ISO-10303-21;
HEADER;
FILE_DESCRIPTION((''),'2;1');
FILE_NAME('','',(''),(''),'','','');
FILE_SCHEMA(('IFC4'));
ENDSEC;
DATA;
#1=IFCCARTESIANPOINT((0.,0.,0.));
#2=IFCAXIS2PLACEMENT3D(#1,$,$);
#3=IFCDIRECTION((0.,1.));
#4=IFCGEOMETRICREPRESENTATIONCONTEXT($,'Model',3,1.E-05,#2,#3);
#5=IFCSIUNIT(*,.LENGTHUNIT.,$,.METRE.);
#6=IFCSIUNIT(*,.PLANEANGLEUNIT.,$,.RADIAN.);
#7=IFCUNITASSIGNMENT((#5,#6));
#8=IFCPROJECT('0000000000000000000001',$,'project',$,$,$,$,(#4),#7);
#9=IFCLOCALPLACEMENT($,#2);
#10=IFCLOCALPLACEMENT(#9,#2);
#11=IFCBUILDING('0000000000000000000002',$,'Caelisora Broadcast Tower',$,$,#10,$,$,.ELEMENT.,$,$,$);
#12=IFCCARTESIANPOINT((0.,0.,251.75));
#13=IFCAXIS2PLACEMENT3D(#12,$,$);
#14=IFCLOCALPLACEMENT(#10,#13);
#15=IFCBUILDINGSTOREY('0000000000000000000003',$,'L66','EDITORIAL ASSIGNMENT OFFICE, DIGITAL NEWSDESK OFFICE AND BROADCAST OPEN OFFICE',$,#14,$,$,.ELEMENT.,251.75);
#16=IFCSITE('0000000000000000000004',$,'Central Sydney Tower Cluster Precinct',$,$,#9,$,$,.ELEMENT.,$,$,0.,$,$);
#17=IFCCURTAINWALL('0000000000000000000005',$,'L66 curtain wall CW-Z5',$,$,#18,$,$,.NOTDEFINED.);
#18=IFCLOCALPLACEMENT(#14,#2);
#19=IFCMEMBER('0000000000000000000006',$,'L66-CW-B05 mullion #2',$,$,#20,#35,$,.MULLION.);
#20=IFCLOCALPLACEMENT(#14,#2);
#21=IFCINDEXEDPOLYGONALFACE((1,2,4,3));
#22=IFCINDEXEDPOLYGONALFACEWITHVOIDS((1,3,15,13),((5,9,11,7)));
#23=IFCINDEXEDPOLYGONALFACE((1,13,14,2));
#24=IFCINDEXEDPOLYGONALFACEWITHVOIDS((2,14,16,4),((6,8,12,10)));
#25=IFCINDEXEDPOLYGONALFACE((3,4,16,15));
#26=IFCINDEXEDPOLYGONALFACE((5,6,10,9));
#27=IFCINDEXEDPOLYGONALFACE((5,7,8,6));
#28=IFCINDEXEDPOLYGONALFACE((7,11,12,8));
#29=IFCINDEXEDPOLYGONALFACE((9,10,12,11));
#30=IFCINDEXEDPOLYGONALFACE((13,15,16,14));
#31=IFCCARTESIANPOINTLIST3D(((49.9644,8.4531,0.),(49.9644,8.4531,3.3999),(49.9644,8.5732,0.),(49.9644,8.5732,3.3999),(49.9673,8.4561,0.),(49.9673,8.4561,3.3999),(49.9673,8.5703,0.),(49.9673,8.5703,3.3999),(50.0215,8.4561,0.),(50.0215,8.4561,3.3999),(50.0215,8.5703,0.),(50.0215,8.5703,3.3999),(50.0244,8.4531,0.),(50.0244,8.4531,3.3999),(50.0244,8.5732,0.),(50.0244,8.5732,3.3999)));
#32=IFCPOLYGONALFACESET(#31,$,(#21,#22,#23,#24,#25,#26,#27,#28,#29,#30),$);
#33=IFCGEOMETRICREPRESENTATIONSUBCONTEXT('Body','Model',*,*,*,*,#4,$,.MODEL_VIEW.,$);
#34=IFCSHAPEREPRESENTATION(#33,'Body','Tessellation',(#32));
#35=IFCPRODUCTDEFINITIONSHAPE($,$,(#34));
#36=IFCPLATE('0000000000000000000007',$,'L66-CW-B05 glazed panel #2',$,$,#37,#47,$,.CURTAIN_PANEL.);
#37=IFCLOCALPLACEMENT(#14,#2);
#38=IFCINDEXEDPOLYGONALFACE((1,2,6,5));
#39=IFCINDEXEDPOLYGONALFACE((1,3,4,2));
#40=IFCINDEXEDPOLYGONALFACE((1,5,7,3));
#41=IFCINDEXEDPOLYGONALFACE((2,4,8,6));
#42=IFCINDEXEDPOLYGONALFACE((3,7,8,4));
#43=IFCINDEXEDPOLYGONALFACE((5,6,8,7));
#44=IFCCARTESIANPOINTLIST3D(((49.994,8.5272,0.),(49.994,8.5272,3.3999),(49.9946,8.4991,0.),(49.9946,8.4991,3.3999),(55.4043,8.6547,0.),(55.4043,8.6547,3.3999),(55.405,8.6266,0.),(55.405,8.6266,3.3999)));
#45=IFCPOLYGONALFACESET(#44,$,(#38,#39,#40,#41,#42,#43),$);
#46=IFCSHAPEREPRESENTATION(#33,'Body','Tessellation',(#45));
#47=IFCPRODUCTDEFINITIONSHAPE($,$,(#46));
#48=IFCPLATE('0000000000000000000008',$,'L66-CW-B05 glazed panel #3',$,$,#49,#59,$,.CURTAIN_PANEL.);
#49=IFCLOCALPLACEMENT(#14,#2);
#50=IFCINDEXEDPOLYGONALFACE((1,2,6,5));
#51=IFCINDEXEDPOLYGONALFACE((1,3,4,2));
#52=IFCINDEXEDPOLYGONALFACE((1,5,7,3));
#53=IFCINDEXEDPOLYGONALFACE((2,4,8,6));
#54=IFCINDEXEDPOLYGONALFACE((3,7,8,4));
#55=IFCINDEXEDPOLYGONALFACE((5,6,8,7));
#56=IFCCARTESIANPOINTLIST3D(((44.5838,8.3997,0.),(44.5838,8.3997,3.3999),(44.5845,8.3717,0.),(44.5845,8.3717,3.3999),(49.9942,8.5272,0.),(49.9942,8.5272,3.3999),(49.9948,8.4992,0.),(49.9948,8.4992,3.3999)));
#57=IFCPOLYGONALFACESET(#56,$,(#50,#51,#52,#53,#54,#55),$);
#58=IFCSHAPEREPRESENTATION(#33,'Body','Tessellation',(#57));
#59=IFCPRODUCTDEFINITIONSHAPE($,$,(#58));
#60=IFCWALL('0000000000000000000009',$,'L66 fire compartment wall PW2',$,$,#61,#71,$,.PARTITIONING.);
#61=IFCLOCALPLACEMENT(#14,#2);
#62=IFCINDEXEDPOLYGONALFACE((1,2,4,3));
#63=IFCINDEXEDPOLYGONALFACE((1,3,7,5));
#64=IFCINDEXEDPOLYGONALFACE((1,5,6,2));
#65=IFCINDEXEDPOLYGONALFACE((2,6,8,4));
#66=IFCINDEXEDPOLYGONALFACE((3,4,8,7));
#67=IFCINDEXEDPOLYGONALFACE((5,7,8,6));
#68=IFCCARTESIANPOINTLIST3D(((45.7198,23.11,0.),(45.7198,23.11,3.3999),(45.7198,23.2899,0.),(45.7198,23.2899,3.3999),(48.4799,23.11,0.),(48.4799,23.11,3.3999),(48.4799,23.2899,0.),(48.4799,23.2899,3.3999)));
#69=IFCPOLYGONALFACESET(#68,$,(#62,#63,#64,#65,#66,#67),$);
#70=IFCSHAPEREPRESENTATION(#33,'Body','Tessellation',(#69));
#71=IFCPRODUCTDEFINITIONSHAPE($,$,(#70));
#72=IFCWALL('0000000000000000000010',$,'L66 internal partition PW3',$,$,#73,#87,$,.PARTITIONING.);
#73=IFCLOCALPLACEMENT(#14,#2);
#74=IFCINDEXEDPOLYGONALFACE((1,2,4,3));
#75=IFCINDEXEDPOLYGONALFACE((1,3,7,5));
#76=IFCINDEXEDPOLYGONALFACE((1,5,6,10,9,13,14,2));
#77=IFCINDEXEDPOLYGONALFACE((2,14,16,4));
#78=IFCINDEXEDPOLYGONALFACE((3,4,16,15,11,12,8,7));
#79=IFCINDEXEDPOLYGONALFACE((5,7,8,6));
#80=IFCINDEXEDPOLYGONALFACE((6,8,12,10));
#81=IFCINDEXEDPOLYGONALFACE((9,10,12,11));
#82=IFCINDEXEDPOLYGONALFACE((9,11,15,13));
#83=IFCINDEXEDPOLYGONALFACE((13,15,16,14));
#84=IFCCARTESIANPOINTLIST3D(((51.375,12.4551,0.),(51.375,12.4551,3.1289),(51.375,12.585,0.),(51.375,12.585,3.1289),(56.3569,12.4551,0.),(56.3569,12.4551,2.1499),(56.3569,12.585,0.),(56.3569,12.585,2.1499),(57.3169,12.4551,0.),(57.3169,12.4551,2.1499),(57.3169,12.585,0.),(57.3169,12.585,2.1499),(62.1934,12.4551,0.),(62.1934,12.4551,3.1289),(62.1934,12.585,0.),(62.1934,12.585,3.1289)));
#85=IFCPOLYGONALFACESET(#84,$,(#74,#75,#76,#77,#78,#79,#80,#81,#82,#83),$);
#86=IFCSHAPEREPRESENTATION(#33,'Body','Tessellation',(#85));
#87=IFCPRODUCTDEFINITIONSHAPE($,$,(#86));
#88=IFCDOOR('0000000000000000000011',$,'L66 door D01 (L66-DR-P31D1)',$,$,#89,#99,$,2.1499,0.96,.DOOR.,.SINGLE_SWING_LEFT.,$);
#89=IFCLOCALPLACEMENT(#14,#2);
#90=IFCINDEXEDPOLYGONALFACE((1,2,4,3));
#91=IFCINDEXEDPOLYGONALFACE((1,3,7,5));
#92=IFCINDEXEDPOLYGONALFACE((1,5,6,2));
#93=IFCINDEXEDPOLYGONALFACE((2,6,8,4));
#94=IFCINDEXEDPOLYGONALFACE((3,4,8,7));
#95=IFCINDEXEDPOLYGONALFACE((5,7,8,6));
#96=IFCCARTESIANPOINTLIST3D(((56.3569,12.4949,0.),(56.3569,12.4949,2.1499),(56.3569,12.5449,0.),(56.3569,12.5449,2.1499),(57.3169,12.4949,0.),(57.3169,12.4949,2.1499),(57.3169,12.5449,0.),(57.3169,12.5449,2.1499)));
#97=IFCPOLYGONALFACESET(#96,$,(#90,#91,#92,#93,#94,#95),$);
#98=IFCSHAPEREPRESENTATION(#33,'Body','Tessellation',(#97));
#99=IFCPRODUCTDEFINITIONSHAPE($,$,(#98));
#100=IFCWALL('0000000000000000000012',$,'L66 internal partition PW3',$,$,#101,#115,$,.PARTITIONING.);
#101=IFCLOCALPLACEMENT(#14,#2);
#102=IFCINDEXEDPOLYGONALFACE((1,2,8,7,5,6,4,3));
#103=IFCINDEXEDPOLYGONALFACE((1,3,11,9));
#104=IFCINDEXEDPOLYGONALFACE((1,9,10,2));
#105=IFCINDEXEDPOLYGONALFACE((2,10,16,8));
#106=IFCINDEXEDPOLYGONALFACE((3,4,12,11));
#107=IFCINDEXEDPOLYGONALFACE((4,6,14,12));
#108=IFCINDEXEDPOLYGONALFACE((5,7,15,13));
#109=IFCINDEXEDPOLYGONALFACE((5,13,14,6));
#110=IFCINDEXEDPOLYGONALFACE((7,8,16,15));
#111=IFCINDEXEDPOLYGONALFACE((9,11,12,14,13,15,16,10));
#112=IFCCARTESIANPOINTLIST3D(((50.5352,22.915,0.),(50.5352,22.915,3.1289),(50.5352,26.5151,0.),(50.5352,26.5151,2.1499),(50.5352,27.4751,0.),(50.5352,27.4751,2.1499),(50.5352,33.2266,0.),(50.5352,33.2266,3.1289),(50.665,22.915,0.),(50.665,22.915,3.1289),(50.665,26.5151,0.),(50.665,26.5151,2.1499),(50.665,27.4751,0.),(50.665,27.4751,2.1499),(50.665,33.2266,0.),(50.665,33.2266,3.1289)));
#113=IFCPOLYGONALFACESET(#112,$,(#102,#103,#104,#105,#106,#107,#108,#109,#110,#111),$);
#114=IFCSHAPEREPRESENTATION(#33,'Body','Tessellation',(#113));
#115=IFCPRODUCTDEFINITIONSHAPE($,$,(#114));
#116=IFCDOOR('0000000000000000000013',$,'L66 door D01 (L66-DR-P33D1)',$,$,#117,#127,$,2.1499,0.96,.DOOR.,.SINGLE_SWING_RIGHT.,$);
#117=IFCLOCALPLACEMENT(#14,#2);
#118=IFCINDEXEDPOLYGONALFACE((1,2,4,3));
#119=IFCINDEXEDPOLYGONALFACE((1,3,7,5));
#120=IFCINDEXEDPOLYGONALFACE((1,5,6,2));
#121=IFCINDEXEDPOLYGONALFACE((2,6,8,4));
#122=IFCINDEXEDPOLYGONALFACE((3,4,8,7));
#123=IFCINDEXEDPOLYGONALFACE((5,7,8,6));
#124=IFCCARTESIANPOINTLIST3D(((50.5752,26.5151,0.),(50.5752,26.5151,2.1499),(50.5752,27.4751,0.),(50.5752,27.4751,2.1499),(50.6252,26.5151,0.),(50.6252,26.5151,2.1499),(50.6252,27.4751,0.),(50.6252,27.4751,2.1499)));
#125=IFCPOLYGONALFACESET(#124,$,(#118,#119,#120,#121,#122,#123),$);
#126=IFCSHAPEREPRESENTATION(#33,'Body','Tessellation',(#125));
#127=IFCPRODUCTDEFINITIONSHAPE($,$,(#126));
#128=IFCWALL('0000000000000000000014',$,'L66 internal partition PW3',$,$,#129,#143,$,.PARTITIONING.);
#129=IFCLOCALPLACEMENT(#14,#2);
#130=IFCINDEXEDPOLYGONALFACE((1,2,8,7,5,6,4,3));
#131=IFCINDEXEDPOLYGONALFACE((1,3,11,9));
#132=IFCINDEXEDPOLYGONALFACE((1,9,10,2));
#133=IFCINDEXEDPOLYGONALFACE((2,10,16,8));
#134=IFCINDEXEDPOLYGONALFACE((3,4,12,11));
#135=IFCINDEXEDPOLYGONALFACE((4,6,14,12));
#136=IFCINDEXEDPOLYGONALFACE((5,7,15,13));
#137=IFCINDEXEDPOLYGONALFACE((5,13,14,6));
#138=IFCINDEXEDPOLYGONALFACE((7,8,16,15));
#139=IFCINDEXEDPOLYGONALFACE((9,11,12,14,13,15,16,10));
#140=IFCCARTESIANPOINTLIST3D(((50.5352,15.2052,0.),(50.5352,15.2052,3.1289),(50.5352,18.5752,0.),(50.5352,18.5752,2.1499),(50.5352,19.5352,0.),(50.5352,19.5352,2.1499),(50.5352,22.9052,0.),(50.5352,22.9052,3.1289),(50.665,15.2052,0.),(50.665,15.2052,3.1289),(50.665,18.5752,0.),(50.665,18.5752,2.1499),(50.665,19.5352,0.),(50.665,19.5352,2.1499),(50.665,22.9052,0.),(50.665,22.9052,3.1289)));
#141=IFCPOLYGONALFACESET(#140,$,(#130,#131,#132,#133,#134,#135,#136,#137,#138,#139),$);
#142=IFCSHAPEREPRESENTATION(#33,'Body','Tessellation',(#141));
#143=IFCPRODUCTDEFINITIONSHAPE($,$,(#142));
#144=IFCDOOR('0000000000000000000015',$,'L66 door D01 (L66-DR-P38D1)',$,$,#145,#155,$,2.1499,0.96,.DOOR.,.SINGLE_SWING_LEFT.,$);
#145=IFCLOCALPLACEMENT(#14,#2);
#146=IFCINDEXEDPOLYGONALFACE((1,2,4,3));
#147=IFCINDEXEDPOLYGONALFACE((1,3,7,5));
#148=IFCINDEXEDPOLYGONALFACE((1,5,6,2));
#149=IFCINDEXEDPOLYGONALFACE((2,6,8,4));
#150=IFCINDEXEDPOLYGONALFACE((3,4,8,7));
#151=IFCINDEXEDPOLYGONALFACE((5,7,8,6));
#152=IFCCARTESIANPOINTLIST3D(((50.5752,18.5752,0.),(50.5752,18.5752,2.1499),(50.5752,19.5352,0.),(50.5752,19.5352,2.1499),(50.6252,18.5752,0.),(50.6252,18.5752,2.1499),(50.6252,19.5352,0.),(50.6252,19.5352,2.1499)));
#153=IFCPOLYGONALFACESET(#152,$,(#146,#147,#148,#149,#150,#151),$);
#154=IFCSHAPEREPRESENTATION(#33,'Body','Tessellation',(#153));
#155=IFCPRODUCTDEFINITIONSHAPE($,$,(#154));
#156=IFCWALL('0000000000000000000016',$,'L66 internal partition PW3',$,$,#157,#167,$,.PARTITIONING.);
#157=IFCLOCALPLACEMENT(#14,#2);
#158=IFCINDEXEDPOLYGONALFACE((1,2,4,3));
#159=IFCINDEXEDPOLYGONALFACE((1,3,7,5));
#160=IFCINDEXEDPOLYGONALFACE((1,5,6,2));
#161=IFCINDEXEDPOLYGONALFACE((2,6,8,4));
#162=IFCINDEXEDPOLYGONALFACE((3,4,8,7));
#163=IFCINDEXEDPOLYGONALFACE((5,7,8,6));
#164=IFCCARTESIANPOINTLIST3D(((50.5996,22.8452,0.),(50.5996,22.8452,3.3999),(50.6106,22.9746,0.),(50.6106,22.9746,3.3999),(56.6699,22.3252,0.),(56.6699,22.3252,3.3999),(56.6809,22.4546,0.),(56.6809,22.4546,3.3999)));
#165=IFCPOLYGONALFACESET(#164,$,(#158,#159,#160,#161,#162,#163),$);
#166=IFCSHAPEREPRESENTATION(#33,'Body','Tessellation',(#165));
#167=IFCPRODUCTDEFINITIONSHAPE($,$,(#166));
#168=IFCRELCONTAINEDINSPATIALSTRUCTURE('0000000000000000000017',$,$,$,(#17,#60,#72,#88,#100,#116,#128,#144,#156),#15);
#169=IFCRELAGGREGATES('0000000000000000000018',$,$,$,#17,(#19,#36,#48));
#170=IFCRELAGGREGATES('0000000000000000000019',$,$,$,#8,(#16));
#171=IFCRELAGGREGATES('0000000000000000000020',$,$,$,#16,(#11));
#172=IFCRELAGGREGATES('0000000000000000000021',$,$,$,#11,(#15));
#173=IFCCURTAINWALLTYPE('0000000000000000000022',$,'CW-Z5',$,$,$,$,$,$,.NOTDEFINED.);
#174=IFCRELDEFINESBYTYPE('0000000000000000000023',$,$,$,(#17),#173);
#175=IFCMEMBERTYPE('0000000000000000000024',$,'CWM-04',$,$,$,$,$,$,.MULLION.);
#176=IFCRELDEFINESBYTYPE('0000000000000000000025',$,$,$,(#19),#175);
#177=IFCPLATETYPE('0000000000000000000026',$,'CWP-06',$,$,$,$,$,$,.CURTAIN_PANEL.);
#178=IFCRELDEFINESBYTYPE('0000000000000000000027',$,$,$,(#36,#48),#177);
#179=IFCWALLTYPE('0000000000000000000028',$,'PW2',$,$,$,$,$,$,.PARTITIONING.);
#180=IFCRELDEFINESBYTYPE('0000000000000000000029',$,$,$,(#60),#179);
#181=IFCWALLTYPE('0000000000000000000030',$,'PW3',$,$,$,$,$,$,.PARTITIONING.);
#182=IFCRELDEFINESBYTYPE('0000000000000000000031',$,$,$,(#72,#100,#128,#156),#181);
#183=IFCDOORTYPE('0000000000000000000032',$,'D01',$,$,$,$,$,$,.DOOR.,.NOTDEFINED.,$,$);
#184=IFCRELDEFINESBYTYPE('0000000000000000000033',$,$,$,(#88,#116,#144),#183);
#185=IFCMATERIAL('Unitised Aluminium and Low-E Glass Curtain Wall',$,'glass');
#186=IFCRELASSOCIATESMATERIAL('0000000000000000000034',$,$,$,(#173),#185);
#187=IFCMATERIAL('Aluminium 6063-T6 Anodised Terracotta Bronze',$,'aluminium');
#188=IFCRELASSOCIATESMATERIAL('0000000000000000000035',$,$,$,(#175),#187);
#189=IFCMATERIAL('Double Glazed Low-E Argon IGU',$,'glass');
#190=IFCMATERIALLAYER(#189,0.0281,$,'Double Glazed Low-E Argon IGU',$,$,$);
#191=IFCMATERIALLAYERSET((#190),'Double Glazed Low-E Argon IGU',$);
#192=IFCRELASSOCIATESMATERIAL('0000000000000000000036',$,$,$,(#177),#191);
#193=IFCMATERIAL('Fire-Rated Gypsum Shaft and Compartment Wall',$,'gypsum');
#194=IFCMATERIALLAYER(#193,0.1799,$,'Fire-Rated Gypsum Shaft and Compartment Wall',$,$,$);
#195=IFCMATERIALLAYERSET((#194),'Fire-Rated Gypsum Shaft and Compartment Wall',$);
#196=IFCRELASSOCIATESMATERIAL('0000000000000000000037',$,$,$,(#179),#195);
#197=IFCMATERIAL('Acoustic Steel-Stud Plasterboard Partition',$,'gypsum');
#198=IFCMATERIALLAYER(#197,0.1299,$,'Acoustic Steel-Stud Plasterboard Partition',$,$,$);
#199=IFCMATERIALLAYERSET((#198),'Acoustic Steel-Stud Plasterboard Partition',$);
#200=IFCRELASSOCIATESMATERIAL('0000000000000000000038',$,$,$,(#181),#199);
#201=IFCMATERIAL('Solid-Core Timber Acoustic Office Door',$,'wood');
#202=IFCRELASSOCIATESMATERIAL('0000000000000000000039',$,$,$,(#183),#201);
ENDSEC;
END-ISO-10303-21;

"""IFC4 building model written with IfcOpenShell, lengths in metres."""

from ifc_helpers import new_model, si_unit, direction, frame, frame_2d, origin, origin_2d, place, context, subcontext, project, spatial, rectangle, hollow_rectangle, extrude, source, transform, mapped, material, layer, layer_set, material_profile, profile_set, type_object, type_shapes, element, fill, aggregate, save


model = new_model("IFC4")

# Units and contexts
model_context = context("Model", 3, precision=1e-05, world=origin(), true_north=direction((0.0, 1.0)))
body_context = subcontext(model_context, "Body", "Model", "MODEL_VIEW")
ifc_project = project(units=[si_unit("LENGTHUNIT", "METRE"), si_unit("PLANEANGLEUNIT", "RADIAN")], contexts=[model_context])

# Site, building, storey
site_placement = place(None, origin())
site = spatial("IfcSite", under=ifc_project, at=site_placement, Name="Central Sydney Tower Cluster Precinct", CompositionType="ELEMENT", RefElevation=0.0)
building_placement = place(site_placement, origin())
building = spatial("IfcBuilding", under=site, at=building_placement, Name="Caelisora Broadcast Tower", CompositionType="ELEMENT")
storey_placement = place(building_placement, frame((0.0, 0.0, 251.75)))
storey = spatial("IfcBuildingStorey", under=building, at=storey_placement, Name="L66", Description="EDITORIAL ASSIGNMENT OFFICE, DIGITAL NEWSDESK OFFICE AND BROADCAST OPEN OFFICE", CompositionType="ELEMENT", Elevation=251.75)

# Curtain wall, member, plates
ifc_material_1 = material(Name="Unitised Aluminium and Low-E Glass Curtain Wall", Category="glass")
curtain_wall_type = type_object("IfcCurtainWallType", Name="CW-Z5", PredefinedType="NOTDEFINED", material=ifc_material_1)
curtain_wall_placement = place(storey_placement, origin())
curtain_wall = element("IfcCurtainWall", 1, at=curtain_wall_placement, inside=storey, type_object=curtain_wall_type, Name="L66 curtain wall CW-Z5", PredefinedType="NOTDEFINED")
ifc_material_2 = material(Name="Aluminium 6063-T6 Anodised Terracotta Bronze", Category="aluminium")
ifc_material_profile_1 = material_profile(ifc_material_2, hollow_rectangle(XDim=0.0601, YDim=0.1201, WallThickness=0.0029, at=origin_2d()), Name="Aluminium 6063-T6 Anodised Terracotta Bronze")
ifc_profile_set_1 = profile_set([ifc_material_profile_1], Name="Aluminium 6063-T6 Anodised Terracotta Bronze")
member_type = type_object("IfcMemberType", Name="CWM-04", PredefinedType="MULLION", material=ifc_profile_set_1)
shared_shape_1 = source(origin(), body_context, "Body", "SweptSolid", [
    extrude(hollow_rectangle(XDim=0.0601, YDim=0.1201, WallThickness=0.0029, at=origin_2d()), origin(), (0.0, 0.0, 1.0), 3.3999),
])
type_shapes(member_type, [shared_shape_1])
member_placement = place(storey_placement, frame((49.9944, 8.5132, 0.0), z_axis=(0.0, 0.0, 1.0), x_axis=(1.0, 0.0, 0.0)))
member = element("IfcMember", 2, at=member_placement, type_object=member_type, Name="L66-CW-B05 mullion #2", PredefinedType="MULLION", context=body_context, shape_type="MappedRepresentation", body=[
    mapped(shared_shape_1, transform((0.0, 0.0, 0.0), scale=1.0)),
])
ifc_material_3 = material(Name="Double Glazed Low-E Argon IGU", Category="glass")
ifc_layer_1 = layer(ifc_material_3, 0.0281, Name="Double Glazed Low-E Argon IGU")
ifc_layer_set_1 = layer_set([ifc_layer_1], Name="Double Glazed Low-E Argon IGU")
plate_type = type_object("IfcPlateType", Name="CWP-06", PredefinedType="CURTAIN_PANEL", material=ifc_layer_set_1)
shared_shape_2 = source(origin(), body_context, "Body", "SweptSolid", [
    extrude(rectangle(XDim=5.4119, YDim=0.0281, at=origin_2d()), origin(), (0.0, 0.0, 1.0), 3.3999),
])
type_shapes(plate_type, [shared_shape_2])
plate_1_placement = place(storey_placement, frame((52.6995, 8.5769, 0.0), z_axis=(0.0, 0.0, 1.0), x_axis=(-0.999722, -0.02356, 0.0)))
plate_1 = element("IfcPlate", 3, at=plate_1_placement, type_object=plate_type, Name="L66-CW-B05 glazed panel #2", PredefinedType="CURTAIN_PANEL", context=body_context, shape_type="MappedRepresentation", body=[
    mapped(shared_shape_2, transform((0.0, 0.0, 0.0), scale=1.0)),
])
plate_2_placement = place(storey_placement, frame((47.2893, 8.4495, 0.0), z_axis=(0.0, 0.0, 1.0), x_axis=(-0.999722, -0.02356, 0.0)))
plate_2 = element("IfcPlate", 4, at=plate_2_placement, type_object=plate_type, Name="L66-CW-B05 glazed panel #3", PredefinedType="CURTAIN_PANEL", context=body_context, shape_type="MappedRepresentation", body=[
    mapped(shared_shape_2, transform((0.0, 0.0, 0.0), scale=1.0)),
])
aggregate(curtain_wall, [member, plate_1, plate_2])

# Wall
ifc_material_4 = material(Name="Fire-Rated Gypsum Shaft and Compartment Wall", Category="gypsum")
ifc_layer_2 = layer(ifc_material_4, 0.1799, Name="Fire-Rated Gypsum Shaft and Compartment Wall")
ifc_layer_set_2 = layer_set([ifc_layer_2], Name="Fire-Rated Gypsum Shaft and Compartment Wall")
wall_type_1 = type_object("IfcWallType", Name="PW2", PredefinedType="PARTITIONING", material=ifc_layer_set_2)
wall_1_placement = place(storey_placement, frame((45.72, 23.2, 0.0), z_axis=(0.0, 0.0, 1.0), x_axis=(1.0, 0.0, 0.0)))
element("IfcWall", 5, at=wall_1_placement, inside=storey, type_object=wall_type_1, Name="L66 fire compartment wall PW2", PredefinedType="PARTITIONING", context=body_context, shape_type="SweptSolid", body=[
    extrude(rectangle(XDim=2.76, YDim=0.1799, at=frame_2d((1.3799, 0.0))), origin(), (0.0, 0.0, 1.0), 3.3999),
])

# Walls, openings, doors
ifc_material_5 = material(Name="Acoustic Steel-Stud Plasterboard Partition", Category="gypsum")
ifc_layer_3 = layer(ifc_material_5, 0.1299, Name="Acoustic Steel-Stud Plasterboard Partition")
ifc_layer_set_3 = layer_set([ifc_layer_3], Name="Acoustic Steel-Stud Plasterboard Partition")
wall_type_2 = type_object("IfcWallType", Name="PW3", PredefinedType="PARTITIONING", material=ifc_layer_set_3)
wall_2_placement = place(storey_placement, frame((51.375, 12.52, 0.0), z_axis=(0.0, 0.0, 1.0), x_axis=(1.0, 0.0, 0.0)))
wall_2 = element("IfcWall", 6, at=wall_2_placement, inside=storey, type_object=wall_type_2, Name="L66 internal partition PW3", PredefinedType="PARTITIONING", context=body_context, shape_type="SweptSolid", body=[
    extrude(rectangle(XDim=10.8184, YDim=0.1299, at=frame_2d((5.4092, 0.0))), origin(), (0.0, 0.0, 1.0), 3.1289),
])
opening_1_placement = place(wall_2_placement, frame((4.9819, 0.0, 0.0)))
opening_1 = element("IfcOpeningElement", 7, at=opening_1_placement, cuts=wall_2, PredefinedType="OPENING", context=body_context, shape_type="SweptSolid", body=[
    extrude(rectangle(XDim=0.96, YDim=2.1499, at=frame_2d((0.48, 1.075))), frame((0.0, 0.0769, 0.0), z_axis=(0.0, -1.0, 0.0), x_axis=(1.0, 0.0, 0.0)), (0.0, 0.0, 1.0), 0.1538),
])
ifc_material_6 = material(Name="Solid-Core Timber Acoustic Office Door", Category="wood")
door_type = type_object("IfcDoorType", Name="D01", OperationType="NOTDEFINED", PredefinedType="DOOR", material=ifc_material_6)
door_1_placement = place(opening_1_placement, origin())
door_1 = element("IfcDoor", 8, at=door_1_placement, inside=storey, type_object=door_type, Name="L66 door D01 (L66-DR-P31D1)", OperationType="SINGLE_SWING_LEFT", OverallHeight=2.1499, OverallWidth=0.96, PredefinedType="DOOR", context=body_context, shape_type="SweptSolid", body=[
    extrude(rectangle(XDim=0.96, YDim=2.1499, at=frame_2d((0.48, 1.075))), frame((0.0, 0.0249, 0.0), z_axis=(0.0, -1.0, 0.0), x_axis=(1.0, 0.0, 0.0)), (0.0, 0.0, 1.0), 0.05),
])
fill(opening_1, door_1)
wall_3_placement = place(storey_placement, frame((50.6001, 22.915, 0.0), z_axis=(0.0, 0.0, 1.0), x_axis=(0.0, 1.0, 0.0)))
wall_3 = element("IfcWall", 9, at=wall_3_placement, inside=storey, type_object=wall_type_2, Name="L66 internal partition PW3", PredefinedType="PARTITIONING", context=body_context, shape_type="SweptSolid", body=[
    extrude(rectangle(XDim=10.3115, YDim=0.1299, at=frame_2d((5.1558, 0.0))), origin(), (0.0, 0.0, 1.0), 3.1289),
])
opening_2_placement = place(wall_3_placement, frame((3.6001, 0.0, 0.0)))
opening_2 = element("IfcOpeningElement", 10, at=opening_2_placement, cuts=wall_3, PredefinedType="OPENING", context=body_context, shape_type="SweptSolid", body=[
    extrude(rectangle(XDim=0.96, YDim=2.1499, at=frame_2d((0.48, 1.075))), frame((0.0, 0.0769, 0.0), z_axis=(0.0, -1.0, 0.0), x_axis=(1.0, 0.0, 0.0)), (0.0, 0.0, 1.0), 0.1538),
])
door_2_placement = place(opening_2_placement, origin())
door_2 = element("IfcDoor", 11, at=door_2_placement, inside=storey, type_object=door_type, Name="L66 door D01 (L66-DR-P33D1)", OperationType="SINGLE_SWING_RIGHT", OverallHeight=2.1499, OverallWidth=0.96, PredefinedType="DOOR", context=body_context, shape_type="SweptSolid", body=[
    extrude(rectangle(XDim=0.96, YDim=2.1499, at=frame_2d((0.48, 1.075))), frame((0.0, 0.0249, 0.0), z_axis=(0.0, -1.0, 0.0), x_axis=(1.0, 0.0, 0.0)), (0.0, 0.0, 1.0), 0.05),
])
fill(opening_2, door_2)
wall_4_placement = place(storey_placement, frame((50.6001, 15.2051, 0.0), z_axis=(0.0, 0.0, 1.0), x_axis=(0.0, 1.0, 0.0)))
wall_4 = element("IfcWall", 12, at=wall_4_placement, inside=storey, type_object=wall_type_2, Name="L66 internal partition PW3", PredefinedType="PARTITIONING", context=body_context, shape_type="SweptSolid", body=[
    extrude(rectangle(XDim=7.7, YDim=0.1299, at=frame_2d((3.8501, 0.0))), origin(), (0.0, 0.0, 1.0), 3.1289),
])
opening_3_placement = place(wall_4_placement, frame((3.3701, 0.0, 0.0)))
opening_3 = element("IfcOpeningElement", 13, at=opening_3_placement, cuts=wall_4, PredefinedType="OPENING", context=body_context, shape_type="SweptSolid", body=[
    extrude(rectangle(XDim=0.96, YDim=2.1499, at=frame_2d((0.48, 1.075))), frame((0.0, 0.0769, 0.0), z_axis=(0.0, -1.0, 0.0), x_axis=(1.0, 0.0, 0.0)), (0.0, 0.0, 1.0), 0.1538),
])
door_3_placement = place(opening_3_placement, origin())
door_3 = element("IfcDoor", 14, at=door_3_placement, inside=storey, type_object=door_type, Name="L66 door D01 (L66-DR-P38D1)", OperationType="SINGLE_SWING_LEFT", OverallHeight=2.1499, OverallWidth=0.96, PredefinedType="DOOR", context=body_context, shape_type="SweptSolid", body=[
    extrude(rectangle(XDim=0.96, YDim=2.1499, at=frame_2d((0.48, 1.075))), frame((0.0, 0.0249, 0.0), z_axis=(0.0, -1.0, 0.0), x_axis=(1.0, 0.0, 0.0)), (0.0, 0.0, 1.0), 0.05),
])
fill(opening_3, door_3)

# Wall
wall_5_placement = place(storey_placement, frame((50.605, 22.9099, 0.0), z_axis=(0.0, 0.0, 1.0), x_axis=(0.996351, -0.085353, 0.0)))
element("IfcWall", 15, at=wall_5_placement, inside=storey, type_object=wall_type_2, Name="L66 internal partition PW3", PredefinedType="PARTITIONING", context=body_context, shape_type="SweptSolid", body=[
    extrude(rectangle(XDim=6.0925, YDim=0.1299, at=frame_2d((3.0464, 0.0))), origin(), (0.0, 0.0, 1.0), 3.3999),
])

save(model, "model.ifc")
